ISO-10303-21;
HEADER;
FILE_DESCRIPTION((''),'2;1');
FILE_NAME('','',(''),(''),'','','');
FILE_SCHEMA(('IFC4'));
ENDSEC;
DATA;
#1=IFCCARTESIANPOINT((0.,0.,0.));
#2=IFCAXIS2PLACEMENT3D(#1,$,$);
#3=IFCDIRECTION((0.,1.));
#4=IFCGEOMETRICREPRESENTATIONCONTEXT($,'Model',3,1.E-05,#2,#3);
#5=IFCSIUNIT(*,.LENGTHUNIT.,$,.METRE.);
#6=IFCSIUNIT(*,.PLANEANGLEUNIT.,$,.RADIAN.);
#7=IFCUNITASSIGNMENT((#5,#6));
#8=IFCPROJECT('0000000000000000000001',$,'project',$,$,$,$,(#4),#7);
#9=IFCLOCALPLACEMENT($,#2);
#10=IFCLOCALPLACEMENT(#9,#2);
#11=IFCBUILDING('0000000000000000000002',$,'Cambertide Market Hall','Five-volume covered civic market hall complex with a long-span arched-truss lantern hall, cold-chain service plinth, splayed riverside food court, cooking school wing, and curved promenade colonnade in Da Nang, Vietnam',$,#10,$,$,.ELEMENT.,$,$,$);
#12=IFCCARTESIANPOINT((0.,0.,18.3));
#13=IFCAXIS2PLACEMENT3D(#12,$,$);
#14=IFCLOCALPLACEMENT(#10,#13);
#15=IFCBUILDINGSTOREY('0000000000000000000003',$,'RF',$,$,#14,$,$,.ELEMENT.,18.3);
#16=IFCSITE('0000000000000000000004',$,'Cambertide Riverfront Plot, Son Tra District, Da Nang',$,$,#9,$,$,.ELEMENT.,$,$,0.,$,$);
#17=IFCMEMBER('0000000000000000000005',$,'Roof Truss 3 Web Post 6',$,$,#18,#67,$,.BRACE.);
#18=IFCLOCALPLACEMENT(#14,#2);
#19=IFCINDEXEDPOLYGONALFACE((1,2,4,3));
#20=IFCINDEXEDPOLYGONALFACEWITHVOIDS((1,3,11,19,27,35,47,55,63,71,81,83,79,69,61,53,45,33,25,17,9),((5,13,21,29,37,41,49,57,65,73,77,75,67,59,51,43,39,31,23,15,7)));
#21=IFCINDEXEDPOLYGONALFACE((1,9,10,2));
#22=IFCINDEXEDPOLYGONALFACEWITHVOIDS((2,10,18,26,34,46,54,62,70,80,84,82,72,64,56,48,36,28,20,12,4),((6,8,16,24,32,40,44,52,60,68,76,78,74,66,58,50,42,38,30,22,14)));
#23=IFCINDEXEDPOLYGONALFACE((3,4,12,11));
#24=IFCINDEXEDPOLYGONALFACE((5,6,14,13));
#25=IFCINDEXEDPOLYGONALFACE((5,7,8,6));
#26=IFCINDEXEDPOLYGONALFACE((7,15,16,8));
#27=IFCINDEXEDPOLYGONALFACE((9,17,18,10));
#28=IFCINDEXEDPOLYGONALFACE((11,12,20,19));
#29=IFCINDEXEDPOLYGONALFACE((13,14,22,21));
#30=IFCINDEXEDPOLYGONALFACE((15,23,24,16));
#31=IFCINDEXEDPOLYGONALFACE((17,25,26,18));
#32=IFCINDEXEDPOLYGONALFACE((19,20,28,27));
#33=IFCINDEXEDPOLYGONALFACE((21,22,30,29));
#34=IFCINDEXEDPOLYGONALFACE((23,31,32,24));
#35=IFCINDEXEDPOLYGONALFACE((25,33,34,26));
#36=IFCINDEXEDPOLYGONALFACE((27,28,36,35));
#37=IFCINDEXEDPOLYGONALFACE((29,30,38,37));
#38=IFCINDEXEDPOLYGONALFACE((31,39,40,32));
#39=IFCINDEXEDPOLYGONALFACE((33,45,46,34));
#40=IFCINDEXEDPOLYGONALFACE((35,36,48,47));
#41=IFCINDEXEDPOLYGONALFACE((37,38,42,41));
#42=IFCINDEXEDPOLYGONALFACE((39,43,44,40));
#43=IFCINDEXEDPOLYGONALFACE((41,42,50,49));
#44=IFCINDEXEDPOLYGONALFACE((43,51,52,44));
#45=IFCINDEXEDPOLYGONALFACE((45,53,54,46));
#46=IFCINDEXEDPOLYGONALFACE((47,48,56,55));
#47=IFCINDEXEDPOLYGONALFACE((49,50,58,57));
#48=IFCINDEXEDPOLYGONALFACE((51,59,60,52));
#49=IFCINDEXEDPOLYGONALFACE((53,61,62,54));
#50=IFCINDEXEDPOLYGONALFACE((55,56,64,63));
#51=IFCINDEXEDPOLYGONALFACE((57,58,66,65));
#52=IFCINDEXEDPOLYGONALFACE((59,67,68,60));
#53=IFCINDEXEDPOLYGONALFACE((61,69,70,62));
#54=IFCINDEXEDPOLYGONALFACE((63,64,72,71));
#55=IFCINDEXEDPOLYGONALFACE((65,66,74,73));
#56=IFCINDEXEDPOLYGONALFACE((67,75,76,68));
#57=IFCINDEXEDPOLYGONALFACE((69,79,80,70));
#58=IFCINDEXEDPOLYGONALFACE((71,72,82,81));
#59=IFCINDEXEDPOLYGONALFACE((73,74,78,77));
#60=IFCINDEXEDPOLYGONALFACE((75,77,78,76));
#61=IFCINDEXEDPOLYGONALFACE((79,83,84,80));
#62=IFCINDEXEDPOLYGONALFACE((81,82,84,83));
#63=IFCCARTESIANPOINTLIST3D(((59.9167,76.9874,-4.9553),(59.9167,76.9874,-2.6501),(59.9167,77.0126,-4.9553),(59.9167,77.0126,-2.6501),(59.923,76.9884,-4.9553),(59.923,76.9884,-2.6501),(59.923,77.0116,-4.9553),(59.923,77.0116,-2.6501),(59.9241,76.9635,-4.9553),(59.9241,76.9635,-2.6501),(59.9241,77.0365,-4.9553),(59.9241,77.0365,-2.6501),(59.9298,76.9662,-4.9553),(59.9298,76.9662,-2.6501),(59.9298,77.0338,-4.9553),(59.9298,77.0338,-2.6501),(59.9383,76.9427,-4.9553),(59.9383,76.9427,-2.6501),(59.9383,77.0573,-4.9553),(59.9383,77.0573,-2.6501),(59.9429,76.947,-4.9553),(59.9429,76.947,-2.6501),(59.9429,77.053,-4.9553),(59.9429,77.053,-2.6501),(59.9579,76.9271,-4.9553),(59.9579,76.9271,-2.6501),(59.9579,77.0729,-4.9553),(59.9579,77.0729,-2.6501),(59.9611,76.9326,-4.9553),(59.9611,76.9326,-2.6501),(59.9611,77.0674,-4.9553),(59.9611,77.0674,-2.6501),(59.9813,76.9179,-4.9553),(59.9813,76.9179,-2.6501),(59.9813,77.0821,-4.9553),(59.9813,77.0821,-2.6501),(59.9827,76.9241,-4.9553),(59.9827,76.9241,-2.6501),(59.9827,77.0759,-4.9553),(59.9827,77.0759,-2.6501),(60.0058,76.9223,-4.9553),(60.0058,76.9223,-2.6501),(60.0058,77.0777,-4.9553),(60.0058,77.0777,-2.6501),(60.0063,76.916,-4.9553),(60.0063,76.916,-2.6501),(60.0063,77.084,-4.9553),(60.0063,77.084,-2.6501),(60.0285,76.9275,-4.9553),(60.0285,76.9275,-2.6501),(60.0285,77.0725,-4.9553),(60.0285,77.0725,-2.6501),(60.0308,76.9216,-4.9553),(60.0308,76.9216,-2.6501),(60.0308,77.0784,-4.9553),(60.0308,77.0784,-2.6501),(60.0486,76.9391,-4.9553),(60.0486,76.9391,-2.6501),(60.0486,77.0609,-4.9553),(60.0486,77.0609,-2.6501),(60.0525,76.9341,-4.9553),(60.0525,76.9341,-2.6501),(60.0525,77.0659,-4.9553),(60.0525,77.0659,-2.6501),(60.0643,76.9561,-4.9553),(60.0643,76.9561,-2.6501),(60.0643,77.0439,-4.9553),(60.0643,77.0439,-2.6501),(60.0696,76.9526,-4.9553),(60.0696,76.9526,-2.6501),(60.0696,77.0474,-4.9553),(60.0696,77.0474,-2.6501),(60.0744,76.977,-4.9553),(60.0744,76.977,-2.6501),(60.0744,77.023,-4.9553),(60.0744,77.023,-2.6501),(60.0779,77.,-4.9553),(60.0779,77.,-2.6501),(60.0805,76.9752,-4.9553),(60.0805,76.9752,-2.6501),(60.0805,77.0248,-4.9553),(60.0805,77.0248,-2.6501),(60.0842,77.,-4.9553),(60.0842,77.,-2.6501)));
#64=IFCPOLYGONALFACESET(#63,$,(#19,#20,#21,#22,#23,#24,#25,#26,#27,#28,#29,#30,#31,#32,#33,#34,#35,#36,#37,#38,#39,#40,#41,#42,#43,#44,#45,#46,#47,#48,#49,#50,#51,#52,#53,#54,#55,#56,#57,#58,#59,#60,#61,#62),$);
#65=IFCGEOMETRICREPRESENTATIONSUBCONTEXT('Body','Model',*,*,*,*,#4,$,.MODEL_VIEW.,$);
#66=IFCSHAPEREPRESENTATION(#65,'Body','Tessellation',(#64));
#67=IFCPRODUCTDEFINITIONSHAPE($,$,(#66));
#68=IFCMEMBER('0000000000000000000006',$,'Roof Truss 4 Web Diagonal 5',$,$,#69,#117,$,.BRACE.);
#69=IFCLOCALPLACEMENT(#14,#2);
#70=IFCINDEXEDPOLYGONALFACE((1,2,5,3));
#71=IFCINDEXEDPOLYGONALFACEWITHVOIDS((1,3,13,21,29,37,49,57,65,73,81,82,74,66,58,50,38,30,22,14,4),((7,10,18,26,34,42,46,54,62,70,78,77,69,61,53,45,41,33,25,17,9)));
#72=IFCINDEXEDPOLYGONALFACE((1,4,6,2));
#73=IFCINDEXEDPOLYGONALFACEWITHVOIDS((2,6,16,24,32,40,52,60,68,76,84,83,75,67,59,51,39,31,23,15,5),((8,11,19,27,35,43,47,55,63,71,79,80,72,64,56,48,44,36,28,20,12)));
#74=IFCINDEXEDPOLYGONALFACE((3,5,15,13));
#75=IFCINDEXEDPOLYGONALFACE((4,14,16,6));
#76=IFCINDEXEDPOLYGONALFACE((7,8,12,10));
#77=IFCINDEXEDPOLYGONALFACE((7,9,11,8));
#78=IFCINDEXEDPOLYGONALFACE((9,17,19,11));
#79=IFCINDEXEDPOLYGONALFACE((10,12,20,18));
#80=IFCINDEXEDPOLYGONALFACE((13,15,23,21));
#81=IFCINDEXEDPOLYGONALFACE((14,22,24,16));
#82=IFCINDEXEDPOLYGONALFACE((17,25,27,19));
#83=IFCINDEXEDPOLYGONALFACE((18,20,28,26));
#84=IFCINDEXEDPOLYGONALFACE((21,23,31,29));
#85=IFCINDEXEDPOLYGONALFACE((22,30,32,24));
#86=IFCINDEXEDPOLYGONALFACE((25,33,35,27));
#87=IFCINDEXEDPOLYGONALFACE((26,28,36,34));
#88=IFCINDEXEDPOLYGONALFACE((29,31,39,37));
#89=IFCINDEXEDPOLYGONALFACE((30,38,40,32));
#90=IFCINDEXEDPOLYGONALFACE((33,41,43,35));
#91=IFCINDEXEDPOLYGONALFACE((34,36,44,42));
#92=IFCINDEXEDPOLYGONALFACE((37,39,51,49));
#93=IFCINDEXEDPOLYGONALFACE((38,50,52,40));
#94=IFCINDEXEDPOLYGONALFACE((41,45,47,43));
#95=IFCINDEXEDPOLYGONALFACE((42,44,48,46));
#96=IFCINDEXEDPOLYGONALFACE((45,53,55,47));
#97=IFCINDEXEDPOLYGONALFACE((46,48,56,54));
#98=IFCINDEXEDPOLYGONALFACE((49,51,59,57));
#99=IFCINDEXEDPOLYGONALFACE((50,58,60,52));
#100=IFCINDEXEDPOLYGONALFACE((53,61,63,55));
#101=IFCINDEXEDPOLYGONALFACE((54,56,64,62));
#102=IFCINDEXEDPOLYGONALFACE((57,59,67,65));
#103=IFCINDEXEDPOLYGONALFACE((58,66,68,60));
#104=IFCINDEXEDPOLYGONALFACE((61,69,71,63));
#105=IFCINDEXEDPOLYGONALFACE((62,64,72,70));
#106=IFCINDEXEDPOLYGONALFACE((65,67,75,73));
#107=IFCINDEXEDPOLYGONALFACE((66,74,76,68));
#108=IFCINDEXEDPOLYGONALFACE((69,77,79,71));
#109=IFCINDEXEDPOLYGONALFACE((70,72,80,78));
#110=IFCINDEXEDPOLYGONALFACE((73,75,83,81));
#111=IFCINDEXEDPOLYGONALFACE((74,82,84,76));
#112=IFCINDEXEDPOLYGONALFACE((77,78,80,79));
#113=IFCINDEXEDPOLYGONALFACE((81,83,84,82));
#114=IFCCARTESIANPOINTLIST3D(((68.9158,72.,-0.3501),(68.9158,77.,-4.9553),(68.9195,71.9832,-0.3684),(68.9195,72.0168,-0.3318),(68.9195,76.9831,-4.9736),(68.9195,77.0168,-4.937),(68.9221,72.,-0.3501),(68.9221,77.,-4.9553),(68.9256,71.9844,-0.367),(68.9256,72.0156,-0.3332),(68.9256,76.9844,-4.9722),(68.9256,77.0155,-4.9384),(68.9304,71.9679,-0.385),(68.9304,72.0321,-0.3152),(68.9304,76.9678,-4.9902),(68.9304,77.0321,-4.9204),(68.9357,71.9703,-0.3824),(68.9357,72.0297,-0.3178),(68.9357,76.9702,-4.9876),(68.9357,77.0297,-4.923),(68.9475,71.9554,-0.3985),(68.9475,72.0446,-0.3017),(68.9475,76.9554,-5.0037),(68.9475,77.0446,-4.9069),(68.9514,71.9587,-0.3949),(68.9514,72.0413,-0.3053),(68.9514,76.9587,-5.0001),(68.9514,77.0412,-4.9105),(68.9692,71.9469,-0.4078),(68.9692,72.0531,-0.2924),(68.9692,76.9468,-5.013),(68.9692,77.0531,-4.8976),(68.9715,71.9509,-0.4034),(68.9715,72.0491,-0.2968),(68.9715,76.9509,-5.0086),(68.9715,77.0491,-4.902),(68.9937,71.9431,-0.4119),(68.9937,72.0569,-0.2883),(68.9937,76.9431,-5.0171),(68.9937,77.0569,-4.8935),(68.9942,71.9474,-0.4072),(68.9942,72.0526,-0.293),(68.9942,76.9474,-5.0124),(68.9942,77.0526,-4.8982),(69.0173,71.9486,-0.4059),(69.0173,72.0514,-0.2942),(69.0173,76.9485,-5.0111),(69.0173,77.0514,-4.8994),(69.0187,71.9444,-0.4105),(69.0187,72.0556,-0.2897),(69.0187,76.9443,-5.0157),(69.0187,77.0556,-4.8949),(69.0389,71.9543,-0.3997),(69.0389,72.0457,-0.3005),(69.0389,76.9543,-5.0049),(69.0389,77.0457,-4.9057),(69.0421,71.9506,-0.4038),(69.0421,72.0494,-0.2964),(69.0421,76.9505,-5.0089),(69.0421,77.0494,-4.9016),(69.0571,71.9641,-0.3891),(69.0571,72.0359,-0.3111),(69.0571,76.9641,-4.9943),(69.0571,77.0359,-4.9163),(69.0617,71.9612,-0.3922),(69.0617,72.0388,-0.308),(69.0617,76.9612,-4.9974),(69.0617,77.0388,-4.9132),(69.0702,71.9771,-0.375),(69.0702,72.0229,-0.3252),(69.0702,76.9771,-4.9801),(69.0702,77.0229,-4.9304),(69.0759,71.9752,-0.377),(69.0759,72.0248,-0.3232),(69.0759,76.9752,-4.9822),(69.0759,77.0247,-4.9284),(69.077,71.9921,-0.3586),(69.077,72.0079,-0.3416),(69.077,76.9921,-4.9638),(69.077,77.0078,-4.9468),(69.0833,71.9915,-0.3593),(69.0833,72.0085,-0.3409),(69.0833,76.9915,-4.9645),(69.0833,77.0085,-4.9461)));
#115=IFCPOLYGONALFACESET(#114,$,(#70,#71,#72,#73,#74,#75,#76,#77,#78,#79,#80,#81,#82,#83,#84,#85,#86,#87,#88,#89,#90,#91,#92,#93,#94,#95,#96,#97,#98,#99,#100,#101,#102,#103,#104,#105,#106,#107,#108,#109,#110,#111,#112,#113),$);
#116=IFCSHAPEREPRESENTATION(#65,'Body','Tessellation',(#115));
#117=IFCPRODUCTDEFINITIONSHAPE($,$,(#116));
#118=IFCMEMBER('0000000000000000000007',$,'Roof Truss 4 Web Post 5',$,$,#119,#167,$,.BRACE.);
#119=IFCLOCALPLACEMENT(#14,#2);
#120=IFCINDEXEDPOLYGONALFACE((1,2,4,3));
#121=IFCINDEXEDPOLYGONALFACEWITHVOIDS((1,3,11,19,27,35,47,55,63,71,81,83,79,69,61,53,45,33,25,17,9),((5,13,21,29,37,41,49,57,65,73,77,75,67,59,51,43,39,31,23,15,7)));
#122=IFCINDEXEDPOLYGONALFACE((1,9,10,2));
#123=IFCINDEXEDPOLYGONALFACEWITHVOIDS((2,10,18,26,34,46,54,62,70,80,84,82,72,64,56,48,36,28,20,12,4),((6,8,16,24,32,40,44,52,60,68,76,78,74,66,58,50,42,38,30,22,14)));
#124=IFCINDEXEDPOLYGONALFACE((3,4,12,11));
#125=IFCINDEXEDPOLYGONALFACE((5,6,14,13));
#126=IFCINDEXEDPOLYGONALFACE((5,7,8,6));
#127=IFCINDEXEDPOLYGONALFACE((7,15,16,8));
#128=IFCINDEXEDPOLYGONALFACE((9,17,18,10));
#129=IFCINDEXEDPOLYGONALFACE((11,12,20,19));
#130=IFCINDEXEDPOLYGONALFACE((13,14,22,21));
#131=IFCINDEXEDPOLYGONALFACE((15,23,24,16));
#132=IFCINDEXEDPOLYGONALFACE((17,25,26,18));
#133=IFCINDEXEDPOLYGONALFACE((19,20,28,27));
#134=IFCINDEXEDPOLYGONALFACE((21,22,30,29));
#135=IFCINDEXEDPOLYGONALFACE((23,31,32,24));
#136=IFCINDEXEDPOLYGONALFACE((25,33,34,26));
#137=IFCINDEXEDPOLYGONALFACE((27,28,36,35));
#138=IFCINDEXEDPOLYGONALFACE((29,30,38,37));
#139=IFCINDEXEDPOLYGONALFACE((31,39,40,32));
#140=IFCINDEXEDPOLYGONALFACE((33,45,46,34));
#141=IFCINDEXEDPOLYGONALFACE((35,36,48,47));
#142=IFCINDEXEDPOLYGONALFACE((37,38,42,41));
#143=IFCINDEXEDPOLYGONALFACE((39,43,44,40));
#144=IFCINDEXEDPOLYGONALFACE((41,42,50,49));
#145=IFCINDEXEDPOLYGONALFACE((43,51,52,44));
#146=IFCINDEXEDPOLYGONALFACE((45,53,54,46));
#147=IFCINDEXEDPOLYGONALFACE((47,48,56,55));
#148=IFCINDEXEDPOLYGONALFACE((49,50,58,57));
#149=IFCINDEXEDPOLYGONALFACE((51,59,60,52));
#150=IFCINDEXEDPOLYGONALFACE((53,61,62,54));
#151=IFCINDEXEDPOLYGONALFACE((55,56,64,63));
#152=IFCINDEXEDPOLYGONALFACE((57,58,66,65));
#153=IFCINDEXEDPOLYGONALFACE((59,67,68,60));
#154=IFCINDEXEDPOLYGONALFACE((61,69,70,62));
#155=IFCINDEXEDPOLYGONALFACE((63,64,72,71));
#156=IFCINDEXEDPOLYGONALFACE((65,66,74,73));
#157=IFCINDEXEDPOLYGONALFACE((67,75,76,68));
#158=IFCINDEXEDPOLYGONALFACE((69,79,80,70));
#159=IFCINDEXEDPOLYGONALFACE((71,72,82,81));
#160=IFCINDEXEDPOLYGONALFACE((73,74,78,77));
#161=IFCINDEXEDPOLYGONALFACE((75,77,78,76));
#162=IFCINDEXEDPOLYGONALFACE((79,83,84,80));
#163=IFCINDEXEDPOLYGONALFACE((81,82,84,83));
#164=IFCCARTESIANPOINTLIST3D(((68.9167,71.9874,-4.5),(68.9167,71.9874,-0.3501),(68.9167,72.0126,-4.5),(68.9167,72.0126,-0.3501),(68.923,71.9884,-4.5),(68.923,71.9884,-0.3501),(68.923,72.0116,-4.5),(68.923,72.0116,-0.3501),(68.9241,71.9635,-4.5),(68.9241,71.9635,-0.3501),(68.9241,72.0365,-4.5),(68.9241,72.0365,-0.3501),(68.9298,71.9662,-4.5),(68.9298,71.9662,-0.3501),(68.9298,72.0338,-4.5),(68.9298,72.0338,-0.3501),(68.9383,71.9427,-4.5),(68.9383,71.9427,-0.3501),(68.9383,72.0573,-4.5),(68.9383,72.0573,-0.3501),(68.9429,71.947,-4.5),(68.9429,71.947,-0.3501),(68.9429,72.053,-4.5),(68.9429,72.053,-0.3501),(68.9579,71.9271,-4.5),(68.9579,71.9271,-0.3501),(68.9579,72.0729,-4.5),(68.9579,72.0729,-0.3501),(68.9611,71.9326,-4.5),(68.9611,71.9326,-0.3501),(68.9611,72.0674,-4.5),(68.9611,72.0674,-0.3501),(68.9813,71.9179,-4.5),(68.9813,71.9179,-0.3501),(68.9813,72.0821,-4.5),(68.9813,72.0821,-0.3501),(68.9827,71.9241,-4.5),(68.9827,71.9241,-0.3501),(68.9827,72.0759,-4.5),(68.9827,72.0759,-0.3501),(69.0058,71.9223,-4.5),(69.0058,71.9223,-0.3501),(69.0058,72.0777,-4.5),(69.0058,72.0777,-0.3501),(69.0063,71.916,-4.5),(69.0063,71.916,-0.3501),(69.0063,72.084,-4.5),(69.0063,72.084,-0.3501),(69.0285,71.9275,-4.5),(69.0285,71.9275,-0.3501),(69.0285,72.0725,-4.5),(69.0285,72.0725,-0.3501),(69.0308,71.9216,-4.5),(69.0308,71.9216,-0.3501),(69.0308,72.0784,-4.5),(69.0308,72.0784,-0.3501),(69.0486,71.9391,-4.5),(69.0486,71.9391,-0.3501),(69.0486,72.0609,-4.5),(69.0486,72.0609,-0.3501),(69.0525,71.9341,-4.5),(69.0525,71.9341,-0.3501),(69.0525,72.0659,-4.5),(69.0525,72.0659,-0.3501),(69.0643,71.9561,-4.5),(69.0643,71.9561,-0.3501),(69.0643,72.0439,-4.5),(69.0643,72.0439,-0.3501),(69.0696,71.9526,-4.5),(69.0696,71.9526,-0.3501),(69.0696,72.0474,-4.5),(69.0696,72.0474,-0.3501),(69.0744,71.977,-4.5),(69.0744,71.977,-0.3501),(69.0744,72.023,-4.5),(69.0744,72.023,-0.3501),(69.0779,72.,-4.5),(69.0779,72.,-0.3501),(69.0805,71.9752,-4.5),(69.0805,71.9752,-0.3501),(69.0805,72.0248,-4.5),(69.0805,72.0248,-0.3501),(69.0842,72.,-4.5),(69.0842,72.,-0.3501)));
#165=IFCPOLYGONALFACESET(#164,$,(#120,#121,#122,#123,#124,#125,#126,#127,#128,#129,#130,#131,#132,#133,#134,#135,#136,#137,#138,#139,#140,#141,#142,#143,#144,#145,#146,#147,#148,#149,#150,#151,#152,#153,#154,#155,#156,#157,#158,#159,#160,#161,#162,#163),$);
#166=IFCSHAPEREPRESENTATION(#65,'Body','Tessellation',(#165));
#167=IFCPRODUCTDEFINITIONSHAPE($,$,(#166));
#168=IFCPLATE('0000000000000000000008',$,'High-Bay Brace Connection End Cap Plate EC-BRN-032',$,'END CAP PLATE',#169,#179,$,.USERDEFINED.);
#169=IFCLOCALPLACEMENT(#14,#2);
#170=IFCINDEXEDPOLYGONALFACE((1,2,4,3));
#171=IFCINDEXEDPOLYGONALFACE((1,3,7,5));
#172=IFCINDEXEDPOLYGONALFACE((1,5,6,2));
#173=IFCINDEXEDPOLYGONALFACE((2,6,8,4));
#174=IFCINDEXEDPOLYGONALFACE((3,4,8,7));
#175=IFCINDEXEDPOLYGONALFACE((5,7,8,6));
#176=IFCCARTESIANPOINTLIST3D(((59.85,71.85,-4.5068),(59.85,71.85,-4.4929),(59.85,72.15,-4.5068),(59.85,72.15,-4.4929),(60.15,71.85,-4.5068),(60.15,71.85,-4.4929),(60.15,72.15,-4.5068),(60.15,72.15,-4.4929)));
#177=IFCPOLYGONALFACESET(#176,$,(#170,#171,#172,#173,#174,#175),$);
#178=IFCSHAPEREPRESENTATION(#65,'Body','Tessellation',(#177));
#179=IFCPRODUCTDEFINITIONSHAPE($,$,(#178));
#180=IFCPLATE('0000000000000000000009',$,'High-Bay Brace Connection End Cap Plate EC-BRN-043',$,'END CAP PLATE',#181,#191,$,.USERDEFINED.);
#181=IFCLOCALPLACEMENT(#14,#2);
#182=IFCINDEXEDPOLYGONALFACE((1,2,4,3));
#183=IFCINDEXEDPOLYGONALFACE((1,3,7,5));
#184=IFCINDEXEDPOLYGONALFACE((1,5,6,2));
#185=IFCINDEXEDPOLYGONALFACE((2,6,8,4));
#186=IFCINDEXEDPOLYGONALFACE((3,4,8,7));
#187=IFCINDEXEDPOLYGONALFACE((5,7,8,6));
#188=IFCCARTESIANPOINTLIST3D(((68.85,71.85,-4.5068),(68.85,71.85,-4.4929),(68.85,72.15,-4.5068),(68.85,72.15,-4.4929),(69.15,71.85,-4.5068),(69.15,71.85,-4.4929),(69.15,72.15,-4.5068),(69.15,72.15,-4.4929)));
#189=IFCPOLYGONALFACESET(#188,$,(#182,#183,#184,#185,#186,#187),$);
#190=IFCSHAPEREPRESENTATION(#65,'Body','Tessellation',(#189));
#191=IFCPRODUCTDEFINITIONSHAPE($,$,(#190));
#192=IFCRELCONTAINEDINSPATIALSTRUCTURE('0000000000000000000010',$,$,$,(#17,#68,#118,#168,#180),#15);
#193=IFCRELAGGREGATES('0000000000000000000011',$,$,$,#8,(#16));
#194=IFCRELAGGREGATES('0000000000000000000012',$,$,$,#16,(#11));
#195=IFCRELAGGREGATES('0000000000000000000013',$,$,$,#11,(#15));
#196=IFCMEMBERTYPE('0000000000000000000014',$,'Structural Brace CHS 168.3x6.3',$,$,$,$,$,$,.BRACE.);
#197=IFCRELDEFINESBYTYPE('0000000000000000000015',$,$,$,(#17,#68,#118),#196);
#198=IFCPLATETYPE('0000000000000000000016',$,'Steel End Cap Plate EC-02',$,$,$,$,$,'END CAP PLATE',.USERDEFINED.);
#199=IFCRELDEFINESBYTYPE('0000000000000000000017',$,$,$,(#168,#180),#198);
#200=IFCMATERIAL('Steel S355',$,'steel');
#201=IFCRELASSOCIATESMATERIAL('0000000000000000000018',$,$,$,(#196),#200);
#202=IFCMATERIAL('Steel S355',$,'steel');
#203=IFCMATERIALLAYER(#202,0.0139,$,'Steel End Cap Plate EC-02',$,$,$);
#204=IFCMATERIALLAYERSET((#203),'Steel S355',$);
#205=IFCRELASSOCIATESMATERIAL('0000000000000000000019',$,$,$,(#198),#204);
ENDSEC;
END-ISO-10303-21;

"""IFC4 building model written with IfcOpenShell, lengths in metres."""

from ifc_helpers import new_model, si_unit, direction, frame, origin, origin_2d, place, context, subcontext, project, spatial, rectangle, hollow_circle, extrude, material, layer, layer_set, material_profile, profile_set, type_object, element, save


model = new_model("IFC4")

# Units and contexts
model_context = context("Model", 3, precision=1e-05, world=origin(), true_north=direction((0.0, 1.0)))
body_context = subcontext(model_context, "Body", "Model", "MODEL_VIEW")
ifc_project = project(units=[si_unit("LENGTHUNIT", "METRE"), si_unit("PLANEANGLEUNIT", "RADIAN")], contexts=[model_context])

# Site, building, storey
site_placement = place(None, origin())
site = spatial("IfcSite", under=ifc_project, at=site_placement, Name="Cambertide Riverfront Plot, Son Tra District, Da Nang", CompositionType="ELEMENT", RefElevation=0.0)
building_placement = place(site_placement, origin())
building = spatial("IfcBuilding", under=site, at=building_placement, Name="Cambertide Market Hall", Description="Five-volume covered civic market hall complex with a long-span arched-truss lantern hall, cold-chain service plinth, splayed riverside food court, cooking school wing, and curved promenade colonnade in Da Nang, Vietnam", CompositionType="ELEMENT")
storey_placement = place(building_placement, frame((0.0, 0.0, 18.3)))
storey = spatial("IfcBuildingStorey", under=building, at=storey_placement, Name="RF", CompositionType="ELEMENT", Elevation=18.3)

# Members
ifc_material_1 = material(Name="Steel S355", Category="steel")
ifc_material_profile_1 = material_profile(ifc_material_1, hollow_circle(Radius=0.0842, WallThickness=0.0063, at=origin_2d()), Name="CHS 168.3x6.3")
ifc_profile_set_1 = profile_set([ifc_material_profile_1], Name="Steel S355")
member_type_1 = type_object("IfcMemberType", Name="Structural Brace CHS 168.3x6.3", PredefinedType="BRACE", material=ifc_profile_set_1)
member_1_placement = place(storey_placement, frame((60.0, 77.0, -4.9553), z_axis=(0.0, 0.0, 1.0), x_axis=(1.0, 0.0, 0.0)))
element("IfcMember", 1, at=member_1_placement, inside=storey, type_object=member_type_1, Name="Roof Truss 3 Web Post 6", PredefinedType="BRACE", context=body_context, shape_type="SweptSolid", body=[
    extrude(hollow_circle(Radius=0.0842, WallThickness=0.0063, at=origin_2d()), origin(), (0.0, 0.0, 1.0), 2.3052),
])
member_2_placement = place(storey_placement, frame((69.0, 72.0, -0.3501), z_axis=(0.0, 0.735548, -0.677473), x_axis=(-1.0, 0.0, 0.0)))
element("IfcMember", 2, at=member_2_placement, inside=storey, type_object=member_type_1, Name="Roof Truss 4 Web Diagonal 5", PredefinedType="BRACE", context=body_context, shape_type="SweptSolid", body=[
    extrude(hollow_circle(Radius=0.0842, WallThickness=0.0063, at=origin_2d()), origin(), (0.0, 0.0, 1.0), 6.7976),
])
member_3_placement = place(storey_placement, frame((69.0, 72.0, -4.5), z_axis=(0.0, 0.0, 1.0), x_axis=(1.0, 0.0, 0.0)))
element("IfcMember", 3, at=member_3_placement, inside=storey, type_object=member_type_1, Name="Roof Truss 4 Web Post 5", PredefinedType="BRACE", context=body_context, shape_type="SweptSolid", body=[
    extrude(hollow_circle(Radius=0.0842, WallThickness=0.0063, at=origin_2d()), origin(), (0.0, 0.0, 1.0), 4.1499),
])

# Plates
ifc_material_2 = material(Name="Steel S355", Category="steel")
ifc_layer_1 = layer(ifc_material_2, 0.0139, Name="Steel End Cap Plate EC-02")
ifc_layer_set_1 = layer_set([ifc_layer_1], Name="Steel S355")
plate_type_1 = type_object("IfcPlateType", Name="Steel End Cap Plate EC-02", ElementType="END CAP PLATE", PredefinedType="USERDEFINED", material=ifc_layer_set_1)
for number, where, z_axis, x_axis, name in (
    (4, (60.0, 72.0, -4.5068), (0.0, 0.0, 1.0), (1.0, 0.0, 0.0), "High-Bay Brace Connection End Cap Plate EC-BRN-032"),
    (5, (69.0, 72.0, -4.5068), (0.0, 0.0, 1.0), (1.0, 0.0, 0.0), "High-Bay Brace Connection End Cap Plate EC-BRN-043"),
):
    element("IfcPlate", number, at=place(storey_placement, frame(where, z_axis=z_axis, x_axis=x_axis)), inside=storey, type_object=plate_type_1, Name=name, ObjectType="END CAP PLATE", PredefinedType="USERDEFINED", context=body_context, shape_type="SweptSolid", body=[
        extrude(rectangle(XDim=0.3, YDim=0.3, at=origin_2d()), origin(), (0.0, 0.0, 1.0), 0.0139),
    ])

save(model, "model.ifc")
